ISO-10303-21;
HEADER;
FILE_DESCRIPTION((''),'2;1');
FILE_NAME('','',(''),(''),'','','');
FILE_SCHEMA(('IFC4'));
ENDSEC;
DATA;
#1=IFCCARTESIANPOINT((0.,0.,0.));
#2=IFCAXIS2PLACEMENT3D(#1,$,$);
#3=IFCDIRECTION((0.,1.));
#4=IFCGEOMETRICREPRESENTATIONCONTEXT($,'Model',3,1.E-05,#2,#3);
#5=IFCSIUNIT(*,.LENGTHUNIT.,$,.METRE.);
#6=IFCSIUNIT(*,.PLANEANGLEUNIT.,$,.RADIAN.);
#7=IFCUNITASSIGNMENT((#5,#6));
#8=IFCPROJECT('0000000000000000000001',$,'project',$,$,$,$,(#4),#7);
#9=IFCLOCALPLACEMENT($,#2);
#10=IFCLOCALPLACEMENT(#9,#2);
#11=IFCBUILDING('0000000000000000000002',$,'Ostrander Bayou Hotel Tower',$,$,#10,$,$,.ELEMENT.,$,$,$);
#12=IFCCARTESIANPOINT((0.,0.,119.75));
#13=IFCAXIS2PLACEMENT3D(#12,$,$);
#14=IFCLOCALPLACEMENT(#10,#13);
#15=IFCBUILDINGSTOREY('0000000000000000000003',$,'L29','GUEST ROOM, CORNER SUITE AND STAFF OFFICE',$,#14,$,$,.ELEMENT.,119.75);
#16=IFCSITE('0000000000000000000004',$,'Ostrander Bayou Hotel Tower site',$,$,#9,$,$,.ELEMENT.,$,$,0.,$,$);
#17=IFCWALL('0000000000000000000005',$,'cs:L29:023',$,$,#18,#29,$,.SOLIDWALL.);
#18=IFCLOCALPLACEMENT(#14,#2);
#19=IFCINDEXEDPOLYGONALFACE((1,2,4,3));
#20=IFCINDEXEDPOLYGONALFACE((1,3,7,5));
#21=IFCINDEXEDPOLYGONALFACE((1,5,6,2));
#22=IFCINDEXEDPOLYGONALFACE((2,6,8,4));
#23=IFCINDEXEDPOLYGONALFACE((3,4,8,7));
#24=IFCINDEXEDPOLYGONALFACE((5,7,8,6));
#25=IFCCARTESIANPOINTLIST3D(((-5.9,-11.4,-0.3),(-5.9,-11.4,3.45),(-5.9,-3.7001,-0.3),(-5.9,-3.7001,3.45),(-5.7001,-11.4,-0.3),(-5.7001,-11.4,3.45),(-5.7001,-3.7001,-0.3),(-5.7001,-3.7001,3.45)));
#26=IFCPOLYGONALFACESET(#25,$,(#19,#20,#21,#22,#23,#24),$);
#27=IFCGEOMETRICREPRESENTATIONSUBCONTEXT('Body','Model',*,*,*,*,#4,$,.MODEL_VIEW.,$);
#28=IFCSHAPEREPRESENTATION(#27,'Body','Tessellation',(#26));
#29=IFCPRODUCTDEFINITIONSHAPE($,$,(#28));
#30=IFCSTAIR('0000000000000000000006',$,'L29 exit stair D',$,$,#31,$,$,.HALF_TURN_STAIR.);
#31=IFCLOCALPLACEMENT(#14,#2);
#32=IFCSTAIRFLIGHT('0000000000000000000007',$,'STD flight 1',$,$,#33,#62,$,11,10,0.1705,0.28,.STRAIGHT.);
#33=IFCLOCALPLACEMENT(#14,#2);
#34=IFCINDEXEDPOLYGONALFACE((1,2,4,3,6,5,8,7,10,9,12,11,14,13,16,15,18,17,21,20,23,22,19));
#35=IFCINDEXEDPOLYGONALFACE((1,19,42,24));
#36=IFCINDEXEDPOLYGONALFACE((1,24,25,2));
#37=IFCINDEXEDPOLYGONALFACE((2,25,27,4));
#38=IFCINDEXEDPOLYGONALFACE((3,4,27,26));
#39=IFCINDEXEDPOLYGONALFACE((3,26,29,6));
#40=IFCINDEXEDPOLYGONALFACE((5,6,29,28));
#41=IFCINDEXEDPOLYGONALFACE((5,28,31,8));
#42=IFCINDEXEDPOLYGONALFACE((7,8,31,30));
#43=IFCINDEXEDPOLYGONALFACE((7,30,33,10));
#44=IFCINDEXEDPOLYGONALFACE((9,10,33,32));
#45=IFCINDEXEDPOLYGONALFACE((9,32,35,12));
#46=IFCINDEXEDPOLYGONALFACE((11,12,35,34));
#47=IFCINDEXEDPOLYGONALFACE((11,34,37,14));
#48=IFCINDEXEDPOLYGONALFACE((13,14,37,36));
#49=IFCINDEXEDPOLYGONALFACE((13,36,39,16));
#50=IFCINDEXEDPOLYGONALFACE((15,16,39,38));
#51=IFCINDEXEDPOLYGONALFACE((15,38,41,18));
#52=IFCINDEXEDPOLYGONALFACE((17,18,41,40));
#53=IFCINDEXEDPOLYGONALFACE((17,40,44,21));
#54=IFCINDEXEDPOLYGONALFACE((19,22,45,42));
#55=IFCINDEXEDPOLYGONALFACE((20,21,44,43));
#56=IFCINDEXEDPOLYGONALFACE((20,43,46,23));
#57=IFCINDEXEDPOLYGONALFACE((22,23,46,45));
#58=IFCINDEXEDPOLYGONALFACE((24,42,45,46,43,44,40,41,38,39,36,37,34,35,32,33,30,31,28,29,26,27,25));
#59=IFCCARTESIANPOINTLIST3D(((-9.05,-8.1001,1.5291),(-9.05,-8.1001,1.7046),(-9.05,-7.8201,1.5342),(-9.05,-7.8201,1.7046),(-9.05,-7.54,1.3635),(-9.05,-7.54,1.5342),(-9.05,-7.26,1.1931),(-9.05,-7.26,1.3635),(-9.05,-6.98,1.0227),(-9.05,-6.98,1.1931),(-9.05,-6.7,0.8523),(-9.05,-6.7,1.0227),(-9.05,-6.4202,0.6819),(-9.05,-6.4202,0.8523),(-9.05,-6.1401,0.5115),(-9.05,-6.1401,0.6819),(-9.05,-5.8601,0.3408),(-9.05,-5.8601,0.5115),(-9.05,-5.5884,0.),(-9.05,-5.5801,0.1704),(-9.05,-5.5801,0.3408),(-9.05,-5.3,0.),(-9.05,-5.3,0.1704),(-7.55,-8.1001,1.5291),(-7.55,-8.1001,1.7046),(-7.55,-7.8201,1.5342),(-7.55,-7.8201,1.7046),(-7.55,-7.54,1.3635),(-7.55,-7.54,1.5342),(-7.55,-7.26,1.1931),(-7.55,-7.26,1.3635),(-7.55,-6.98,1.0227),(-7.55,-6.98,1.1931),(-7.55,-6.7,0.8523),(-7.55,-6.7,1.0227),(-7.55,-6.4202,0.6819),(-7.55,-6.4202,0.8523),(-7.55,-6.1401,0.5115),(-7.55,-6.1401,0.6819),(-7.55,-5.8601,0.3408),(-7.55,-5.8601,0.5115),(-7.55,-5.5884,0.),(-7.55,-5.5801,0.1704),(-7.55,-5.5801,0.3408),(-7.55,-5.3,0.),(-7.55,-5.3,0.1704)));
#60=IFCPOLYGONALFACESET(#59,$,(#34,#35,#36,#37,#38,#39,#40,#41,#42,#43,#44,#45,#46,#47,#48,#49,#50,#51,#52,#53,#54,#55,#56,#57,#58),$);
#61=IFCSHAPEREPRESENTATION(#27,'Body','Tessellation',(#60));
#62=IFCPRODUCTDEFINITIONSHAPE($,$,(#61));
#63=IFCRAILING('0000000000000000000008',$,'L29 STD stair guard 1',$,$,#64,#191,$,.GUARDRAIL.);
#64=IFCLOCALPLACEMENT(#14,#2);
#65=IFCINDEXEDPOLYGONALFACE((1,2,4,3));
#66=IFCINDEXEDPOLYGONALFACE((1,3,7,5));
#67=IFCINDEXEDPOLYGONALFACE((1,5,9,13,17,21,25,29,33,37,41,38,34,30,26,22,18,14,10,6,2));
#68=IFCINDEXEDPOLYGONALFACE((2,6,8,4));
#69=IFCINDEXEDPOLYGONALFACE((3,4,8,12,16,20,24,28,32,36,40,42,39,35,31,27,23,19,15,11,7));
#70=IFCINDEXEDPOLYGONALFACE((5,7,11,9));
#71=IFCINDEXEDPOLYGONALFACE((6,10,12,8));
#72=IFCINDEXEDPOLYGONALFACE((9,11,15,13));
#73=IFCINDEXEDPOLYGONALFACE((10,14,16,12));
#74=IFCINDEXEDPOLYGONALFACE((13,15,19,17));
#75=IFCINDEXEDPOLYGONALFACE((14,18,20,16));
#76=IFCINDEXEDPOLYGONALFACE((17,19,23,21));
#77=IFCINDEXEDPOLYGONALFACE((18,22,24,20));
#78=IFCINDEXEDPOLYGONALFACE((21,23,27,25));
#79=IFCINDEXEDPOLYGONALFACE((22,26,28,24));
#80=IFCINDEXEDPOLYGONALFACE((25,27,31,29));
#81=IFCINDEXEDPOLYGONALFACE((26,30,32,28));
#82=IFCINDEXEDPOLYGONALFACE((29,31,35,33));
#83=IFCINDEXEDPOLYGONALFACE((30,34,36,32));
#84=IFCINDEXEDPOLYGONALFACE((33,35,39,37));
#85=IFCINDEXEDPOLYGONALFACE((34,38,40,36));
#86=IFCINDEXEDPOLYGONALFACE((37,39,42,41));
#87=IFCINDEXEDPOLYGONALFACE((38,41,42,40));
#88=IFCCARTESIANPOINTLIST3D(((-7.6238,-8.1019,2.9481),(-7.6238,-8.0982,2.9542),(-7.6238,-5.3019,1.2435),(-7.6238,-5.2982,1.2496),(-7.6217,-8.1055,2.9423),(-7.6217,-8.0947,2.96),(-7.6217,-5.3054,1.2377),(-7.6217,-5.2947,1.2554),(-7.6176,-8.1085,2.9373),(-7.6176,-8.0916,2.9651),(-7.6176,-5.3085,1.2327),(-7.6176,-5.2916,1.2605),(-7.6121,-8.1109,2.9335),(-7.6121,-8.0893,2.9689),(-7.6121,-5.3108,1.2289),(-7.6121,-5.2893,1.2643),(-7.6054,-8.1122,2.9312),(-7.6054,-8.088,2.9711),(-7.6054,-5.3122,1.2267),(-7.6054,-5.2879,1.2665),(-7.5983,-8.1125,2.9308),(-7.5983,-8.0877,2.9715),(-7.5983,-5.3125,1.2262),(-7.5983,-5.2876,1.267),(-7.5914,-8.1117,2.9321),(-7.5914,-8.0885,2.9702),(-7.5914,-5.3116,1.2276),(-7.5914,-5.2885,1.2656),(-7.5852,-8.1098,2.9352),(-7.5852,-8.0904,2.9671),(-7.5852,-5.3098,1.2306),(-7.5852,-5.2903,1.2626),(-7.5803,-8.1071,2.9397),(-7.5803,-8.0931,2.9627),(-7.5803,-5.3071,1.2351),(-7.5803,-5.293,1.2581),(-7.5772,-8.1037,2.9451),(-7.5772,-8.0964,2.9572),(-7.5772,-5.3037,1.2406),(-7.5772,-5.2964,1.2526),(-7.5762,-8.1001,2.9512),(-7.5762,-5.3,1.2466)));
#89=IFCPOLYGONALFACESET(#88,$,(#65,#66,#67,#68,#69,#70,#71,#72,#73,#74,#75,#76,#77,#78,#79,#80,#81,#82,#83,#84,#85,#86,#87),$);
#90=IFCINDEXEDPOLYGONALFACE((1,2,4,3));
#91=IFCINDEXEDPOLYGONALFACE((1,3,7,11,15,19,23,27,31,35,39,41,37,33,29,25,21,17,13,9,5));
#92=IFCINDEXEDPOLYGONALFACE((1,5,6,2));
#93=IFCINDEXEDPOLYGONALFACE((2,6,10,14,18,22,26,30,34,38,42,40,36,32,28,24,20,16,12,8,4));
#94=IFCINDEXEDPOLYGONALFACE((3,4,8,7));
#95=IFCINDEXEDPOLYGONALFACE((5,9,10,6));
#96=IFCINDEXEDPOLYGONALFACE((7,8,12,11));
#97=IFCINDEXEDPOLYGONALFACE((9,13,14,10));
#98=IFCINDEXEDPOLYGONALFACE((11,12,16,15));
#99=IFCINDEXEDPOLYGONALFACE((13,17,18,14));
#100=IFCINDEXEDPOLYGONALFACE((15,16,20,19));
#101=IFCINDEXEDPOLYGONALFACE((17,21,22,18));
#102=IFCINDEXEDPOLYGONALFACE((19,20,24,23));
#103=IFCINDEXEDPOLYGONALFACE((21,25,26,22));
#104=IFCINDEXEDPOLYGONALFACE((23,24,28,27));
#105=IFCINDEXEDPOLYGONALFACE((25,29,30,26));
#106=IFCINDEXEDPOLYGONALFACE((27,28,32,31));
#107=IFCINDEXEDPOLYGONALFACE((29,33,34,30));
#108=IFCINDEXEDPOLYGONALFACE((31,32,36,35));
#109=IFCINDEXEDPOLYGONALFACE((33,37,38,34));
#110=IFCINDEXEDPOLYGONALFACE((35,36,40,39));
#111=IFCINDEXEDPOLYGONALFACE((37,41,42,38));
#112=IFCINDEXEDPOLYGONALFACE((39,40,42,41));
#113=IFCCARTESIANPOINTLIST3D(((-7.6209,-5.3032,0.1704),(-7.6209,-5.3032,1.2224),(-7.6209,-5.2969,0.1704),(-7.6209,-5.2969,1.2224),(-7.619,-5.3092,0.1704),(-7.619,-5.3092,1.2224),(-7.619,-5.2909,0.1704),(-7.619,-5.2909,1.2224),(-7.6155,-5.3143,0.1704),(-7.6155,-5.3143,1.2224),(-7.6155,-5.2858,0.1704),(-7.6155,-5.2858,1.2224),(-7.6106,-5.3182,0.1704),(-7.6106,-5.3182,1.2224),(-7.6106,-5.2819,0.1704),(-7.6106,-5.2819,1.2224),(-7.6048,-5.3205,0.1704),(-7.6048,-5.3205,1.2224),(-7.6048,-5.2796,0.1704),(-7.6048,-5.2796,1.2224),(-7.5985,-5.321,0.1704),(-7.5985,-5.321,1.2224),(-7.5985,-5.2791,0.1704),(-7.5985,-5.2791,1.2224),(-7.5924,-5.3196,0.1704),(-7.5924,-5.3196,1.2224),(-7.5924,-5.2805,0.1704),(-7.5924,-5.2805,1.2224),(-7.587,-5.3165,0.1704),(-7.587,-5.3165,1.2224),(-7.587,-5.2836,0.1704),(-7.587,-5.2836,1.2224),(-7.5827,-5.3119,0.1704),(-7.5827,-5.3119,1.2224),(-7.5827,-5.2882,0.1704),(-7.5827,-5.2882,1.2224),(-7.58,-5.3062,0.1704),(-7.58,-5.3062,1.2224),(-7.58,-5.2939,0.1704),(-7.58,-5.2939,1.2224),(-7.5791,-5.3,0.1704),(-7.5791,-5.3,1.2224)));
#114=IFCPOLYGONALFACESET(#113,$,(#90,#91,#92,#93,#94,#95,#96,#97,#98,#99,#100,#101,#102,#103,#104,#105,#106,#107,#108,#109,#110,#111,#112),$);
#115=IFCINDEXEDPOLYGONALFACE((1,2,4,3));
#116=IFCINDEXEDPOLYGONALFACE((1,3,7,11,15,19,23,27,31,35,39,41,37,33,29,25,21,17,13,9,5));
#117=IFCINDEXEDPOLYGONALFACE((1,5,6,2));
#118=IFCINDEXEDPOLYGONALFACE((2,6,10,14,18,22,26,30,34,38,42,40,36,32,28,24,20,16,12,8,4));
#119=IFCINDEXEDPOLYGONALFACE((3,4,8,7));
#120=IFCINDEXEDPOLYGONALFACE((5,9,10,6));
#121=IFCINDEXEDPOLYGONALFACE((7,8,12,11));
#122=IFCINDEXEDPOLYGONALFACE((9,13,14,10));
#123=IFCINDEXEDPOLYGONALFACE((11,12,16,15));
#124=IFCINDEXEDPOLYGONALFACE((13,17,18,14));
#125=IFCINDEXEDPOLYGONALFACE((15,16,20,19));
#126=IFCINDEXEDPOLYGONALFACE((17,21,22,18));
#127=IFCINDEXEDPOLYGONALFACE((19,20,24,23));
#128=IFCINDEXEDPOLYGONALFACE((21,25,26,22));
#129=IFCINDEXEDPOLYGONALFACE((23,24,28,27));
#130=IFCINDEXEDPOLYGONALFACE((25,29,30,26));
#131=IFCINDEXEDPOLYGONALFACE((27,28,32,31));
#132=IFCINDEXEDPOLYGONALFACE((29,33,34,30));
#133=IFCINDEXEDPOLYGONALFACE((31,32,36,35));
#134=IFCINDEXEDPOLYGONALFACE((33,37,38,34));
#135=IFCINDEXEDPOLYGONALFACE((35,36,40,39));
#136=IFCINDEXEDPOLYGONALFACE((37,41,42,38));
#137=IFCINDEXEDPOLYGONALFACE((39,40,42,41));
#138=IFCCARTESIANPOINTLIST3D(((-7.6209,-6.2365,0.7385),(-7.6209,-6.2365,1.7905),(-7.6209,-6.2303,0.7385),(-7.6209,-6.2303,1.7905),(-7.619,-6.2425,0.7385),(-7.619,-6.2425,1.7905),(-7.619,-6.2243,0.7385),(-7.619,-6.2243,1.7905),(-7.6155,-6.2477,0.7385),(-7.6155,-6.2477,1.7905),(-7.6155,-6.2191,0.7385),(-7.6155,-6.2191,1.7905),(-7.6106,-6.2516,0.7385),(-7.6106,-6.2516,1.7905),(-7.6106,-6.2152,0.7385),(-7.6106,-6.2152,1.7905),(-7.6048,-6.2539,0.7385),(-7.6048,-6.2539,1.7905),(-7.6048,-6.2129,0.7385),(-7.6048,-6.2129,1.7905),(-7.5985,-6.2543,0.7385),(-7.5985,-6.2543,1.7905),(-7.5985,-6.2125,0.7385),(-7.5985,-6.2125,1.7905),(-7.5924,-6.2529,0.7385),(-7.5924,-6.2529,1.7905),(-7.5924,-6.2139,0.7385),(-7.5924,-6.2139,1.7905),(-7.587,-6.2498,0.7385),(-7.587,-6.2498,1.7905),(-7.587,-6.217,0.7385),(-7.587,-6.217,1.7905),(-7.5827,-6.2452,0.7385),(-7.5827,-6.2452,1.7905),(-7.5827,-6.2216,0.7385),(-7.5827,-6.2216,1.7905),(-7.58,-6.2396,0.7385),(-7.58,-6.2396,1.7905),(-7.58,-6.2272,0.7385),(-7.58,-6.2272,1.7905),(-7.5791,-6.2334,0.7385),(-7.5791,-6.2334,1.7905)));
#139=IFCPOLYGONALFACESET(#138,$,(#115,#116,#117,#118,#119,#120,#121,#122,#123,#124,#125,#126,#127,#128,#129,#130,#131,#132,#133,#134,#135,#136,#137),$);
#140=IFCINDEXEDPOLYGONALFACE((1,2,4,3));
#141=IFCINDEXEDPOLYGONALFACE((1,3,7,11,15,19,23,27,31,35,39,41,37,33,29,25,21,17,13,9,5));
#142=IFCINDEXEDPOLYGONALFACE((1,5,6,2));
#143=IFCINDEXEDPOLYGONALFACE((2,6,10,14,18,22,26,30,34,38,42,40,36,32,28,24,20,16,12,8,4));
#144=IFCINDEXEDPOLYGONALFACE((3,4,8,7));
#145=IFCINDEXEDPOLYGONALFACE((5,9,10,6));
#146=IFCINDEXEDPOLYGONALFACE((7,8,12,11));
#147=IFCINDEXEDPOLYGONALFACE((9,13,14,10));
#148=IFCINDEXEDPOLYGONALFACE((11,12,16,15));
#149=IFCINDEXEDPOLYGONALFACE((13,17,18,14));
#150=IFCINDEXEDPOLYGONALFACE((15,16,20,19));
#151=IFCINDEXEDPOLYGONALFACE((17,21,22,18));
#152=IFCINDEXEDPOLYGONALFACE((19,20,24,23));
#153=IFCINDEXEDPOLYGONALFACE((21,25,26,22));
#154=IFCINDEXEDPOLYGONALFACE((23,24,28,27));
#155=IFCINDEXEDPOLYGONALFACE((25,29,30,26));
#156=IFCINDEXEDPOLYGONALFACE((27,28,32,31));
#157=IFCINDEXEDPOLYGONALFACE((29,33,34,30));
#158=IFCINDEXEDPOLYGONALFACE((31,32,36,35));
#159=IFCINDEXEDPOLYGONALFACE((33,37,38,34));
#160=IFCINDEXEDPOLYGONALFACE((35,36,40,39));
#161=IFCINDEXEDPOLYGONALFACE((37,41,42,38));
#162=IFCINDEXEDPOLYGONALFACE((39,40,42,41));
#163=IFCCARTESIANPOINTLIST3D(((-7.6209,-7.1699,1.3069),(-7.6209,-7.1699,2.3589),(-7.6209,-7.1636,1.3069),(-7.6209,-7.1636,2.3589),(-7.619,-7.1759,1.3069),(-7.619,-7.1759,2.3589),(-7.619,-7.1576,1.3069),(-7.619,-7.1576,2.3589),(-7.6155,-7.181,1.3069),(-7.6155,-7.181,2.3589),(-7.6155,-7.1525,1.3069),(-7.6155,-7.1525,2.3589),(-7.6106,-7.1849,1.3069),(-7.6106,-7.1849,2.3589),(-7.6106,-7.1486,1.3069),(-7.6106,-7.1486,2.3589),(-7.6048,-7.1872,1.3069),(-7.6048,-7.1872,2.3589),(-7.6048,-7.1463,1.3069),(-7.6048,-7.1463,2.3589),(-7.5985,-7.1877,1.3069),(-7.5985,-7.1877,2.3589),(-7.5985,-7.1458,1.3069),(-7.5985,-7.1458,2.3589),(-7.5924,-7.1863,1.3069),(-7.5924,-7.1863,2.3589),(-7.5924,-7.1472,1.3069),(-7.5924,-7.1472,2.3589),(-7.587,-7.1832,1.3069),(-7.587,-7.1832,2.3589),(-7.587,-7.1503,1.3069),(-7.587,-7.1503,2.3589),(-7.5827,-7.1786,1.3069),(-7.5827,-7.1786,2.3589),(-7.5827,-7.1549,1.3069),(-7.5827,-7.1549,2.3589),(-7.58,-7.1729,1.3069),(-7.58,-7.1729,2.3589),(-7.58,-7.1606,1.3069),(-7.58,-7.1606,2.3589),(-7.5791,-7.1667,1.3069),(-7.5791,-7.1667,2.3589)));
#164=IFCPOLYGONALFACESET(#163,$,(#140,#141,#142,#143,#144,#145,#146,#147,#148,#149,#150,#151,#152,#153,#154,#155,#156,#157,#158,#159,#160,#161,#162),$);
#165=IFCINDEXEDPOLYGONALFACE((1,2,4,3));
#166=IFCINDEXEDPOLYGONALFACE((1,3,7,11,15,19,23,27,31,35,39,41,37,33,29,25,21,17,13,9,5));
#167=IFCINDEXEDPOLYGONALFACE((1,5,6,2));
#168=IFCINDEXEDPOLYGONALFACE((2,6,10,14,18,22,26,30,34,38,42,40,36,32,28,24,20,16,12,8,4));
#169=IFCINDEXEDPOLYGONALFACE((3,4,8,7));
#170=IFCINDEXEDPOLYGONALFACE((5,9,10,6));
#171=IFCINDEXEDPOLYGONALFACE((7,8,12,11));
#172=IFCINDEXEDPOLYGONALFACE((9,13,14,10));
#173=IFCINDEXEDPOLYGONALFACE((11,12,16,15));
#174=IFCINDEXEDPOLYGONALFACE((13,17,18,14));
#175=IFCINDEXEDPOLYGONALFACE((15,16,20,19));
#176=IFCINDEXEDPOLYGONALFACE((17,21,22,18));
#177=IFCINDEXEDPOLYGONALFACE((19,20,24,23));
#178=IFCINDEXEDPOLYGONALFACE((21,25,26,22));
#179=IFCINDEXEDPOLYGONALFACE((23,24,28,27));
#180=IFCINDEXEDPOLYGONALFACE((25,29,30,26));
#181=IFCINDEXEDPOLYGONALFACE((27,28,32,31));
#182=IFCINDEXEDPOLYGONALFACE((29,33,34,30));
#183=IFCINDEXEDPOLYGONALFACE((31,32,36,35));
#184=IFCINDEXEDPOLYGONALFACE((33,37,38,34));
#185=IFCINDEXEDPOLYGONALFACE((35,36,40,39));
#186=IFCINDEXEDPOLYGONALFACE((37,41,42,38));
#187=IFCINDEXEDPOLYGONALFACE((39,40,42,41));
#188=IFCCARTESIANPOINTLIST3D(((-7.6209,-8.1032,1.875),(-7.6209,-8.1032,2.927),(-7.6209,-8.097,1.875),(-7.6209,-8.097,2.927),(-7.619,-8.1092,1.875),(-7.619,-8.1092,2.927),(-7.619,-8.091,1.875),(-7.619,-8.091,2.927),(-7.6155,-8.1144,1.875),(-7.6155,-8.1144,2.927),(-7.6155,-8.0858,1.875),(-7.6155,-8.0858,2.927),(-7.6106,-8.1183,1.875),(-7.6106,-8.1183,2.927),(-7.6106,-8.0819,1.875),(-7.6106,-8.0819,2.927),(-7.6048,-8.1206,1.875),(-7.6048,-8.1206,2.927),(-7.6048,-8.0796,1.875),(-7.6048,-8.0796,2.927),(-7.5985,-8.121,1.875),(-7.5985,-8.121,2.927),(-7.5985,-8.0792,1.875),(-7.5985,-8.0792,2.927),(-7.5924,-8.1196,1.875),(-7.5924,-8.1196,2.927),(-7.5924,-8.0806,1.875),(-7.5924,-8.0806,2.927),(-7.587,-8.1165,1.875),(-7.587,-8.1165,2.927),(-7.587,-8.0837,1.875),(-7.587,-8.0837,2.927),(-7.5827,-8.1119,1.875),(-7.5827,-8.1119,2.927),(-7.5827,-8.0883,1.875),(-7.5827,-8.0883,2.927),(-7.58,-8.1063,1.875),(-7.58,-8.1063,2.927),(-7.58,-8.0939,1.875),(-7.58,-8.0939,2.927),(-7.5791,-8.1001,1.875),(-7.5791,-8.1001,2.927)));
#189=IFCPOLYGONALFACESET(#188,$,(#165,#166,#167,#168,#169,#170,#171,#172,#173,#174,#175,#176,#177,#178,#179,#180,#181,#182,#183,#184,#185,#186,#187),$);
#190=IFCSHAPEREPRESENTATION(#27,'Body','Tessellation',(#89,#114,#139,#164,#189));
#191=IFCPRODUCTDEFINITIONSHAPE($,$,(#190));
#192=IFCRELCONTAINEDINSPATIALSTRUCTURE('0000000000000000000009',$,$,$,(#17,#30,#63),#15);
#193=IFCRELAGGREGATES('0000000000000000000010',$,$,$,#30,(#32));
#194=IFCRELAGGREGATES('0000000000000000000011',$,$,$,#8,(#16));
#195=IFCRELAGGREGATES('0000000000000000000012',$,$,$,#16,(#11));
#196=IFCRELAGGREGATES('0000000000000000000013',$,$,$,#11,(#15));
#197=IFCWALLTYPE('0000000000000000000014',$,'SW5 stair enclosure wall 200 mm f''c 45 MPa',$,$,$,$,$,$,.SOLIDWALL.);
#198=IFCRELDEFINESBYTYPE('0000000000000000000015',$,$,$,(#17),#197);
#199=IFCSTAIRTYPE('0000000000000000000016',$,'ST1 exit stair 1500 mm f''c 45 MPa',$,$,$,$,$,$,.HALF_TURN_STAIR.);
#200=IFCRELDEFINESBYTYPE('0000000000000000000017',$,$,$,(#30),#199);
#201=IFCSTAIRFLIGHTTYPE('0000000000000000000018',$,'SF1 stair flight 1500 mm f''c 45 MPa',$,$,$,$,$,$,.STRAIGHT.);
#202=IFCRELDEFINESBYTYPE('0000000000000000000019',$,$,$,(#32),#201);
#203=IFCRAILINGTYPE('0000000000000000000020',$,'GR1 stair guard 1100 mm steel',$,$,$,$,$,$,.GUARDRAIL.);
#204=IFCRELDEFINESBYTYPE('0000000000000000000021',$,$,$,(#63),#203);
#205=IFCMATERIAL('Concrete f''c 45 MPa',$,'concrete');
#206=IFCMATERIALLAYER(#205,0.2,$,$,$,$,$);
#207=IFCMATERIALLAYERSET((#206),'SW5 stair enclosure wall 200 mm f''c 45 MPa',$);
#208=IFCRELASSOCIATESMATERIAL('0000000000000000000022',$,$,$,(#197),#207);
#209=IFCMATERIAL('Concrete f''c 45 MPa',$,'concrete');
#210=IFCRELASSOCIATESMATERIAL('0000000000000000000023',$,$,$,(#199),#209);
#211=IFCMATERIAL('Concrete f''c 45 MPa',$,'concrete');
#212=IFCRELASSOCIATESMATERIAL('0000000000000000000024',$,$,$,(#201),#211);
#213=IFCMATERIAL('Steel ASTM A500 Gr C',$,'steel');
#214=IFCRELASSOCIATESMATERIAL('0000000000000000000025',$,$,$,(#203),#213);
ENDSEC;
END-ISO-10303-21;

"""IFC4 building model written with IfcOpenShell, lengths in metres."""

from ifc_helpers import new_model, si_unit, direction, frame, frame_2d, origin, origin_2d, place, context, subcontext, project, spatial, polyline, rectangle, circle, outline, extrude, material, layer, layer_set, type_object, element, aggregate, save


model = new_model("IFC4")

# Units and contexts
model_context = context("Model", 3, precision=1e-05, world=origin(), true_north=direction((0.0, 1.0)))
body_context = subcontext(model_context, "Body", "Model", "MODEL_VIEW")
ifc_project = project(units=[si_unit("LENGTHUNIT", "METRE"), si_unit("PLANEANGLEUNIT", "RADIAN")], contexts=[model_context])

# Site, building, storey
site_placement = place(None, origin())
site = spatial("IfcSite", under=ifc_project, at=site_placement, Name="Ostrander Bayou Hotel Tower site", CompositionType="ELEMENT", RefElevation=0.0)
building_placement = place(site_placement, origin())
building = spatial("IfcBuilding", under=site, at=building_placement, Name="Ostrander Bayou Hotel Tower", CompositionType="ELEMENT")
storey_placement = place(building_placement, frame((0.0, 0.0, 119.75)))
storey = spatial("IfcBuildingStorey", under=building, at=storey_placement, Name="L29", Description="GUEST ROOM, CORNER SUITE AND STAFF OFFICE", CompositionType="ELEMENT", Elevation=119.75)

# Shared definitions
ifc_material_1 = material(Name="Concrete f'c 45 MPa", Category="concrete")
ifc_layer_1 = layer(ifc_material_1, 0.2)
ifc_layer_set_1 = layer_set([ifc_layer_1], Name="SW5 stair enclosure wall 200 mm f'c 45 MPa")
wall_type_1 = type_object("IfcWallType", Name="SW5 stair enclosure wall 200 mm f'c 45 MPa", PredefinedType="SOLIDWALL", material=ifc_layer_set_1)

# Wall
for number, where, z_axis, x_axis, name in (
    (1, (-5.8, -3.7, -0.3), (0.0, 0.0, 1.0), (0.0, -1.0, 0.0), "cs:L29:023"),
):
    element("IfcWall", number, at=place(storey_placement, frame(where, z_axis=z_axis, x_axis=x_axis)), inside=storey, type_object=wall_type_1, Name=name, PredefinedType="SOLIDWALL", context=body_context, shape_type="SweptSolid", body=[
        extrude(rectangle(XDim=7.7, YDim=0.2, at=frame_2d((3.8501, 0.0))), origin(), (0.0, 0.0, 1.0), 3.75),
    ])

# Stair, stair flight
ifc_material_2 = material(Name="Concrete f'c 45 MPa", Category="concrete")
stair_type = type_object("IfcStairType", Name="ST1 exit stair 1500 mm f'c 45 MPa", PredefinedType="HALF_TURN_STAIR", material=ifc_material_2)
stair_placement = place(storey_placement, origin())
stair = element("IfcStair", 2, at=stair_placement, inside=storey, type_object=stair_type, Name="L29 exit stair D", PredefinedType="HALF_TURN_STAIR")
ifc_material_3 = material(Name="Concrete f'c 45 MPa", Category="concrete")
stair_flight_type = type_object("IfcStairFlightType", Name="SF1 stair flight 1500 mm f'c 45 MPa", PredefinedType="STRAIGHT", material=ifc_material_3)
stair_flight_placement = place(storey_placement, frame((-8.3, -5.3, 0.0), z_axis=(0.0, 0.0, 1.0), x_axis=(0.0, -1.0, 0.0)))
stair_flight = element("IfcStairFlight", 3, at=stair_flight_placement, type_object=stair_flight_type, Name="STD flight 1", NumberOfRisers=11, NumberOfTreads=10, PredefinedType="STRAIGHT", RiserHeight=0.1705, TreadLength=0.28, context=body_context, shape_type="SweptSolid", body=[
    extrude(outline(polyline([(0.0, 0.0), (0.0, 0.1704), (0.28, 0.1704), (0.28, 0.3408), (0.5601, 0.3408), (0.5601, 0.5115), (0.8401, 0.5115), (0.8401, 0.6819), (1.1201, 0.6819), (1.1201, 0.8523), (1.3999, 0.8523), (1.3999, 1.0227), (1.6799, 1.0227), (1.6799, 1.1931), (1.96, 1.1931), (1.96, 1.3635), (2.24, 1.3635), (2.24, 1.5342), (2.52, 1.5342), (2.52, 1.7046), (2.8, 1.7046), (2.8, 1.875), (2.8, 1.5291), (0.2883, 0.0), (0.0, 0.0)])), frame((0.0, 0.75, 0.0), z_axis=(0.0, -1.0, 0.0), x_axis=(1.0, 0.0, 0.0)), (0.0, 0.0, 1.0), 1.5),
])
aggregate(stair, [stair_flight])

# Railing
ifc_material_4 = material(Name="Steel ASTM A500 Gr C", Category="steel")
railing_type_1 = type_object("IfcRailingType", Name="GR1 stair guard 1100 mm steel", PredefinedType="GUARDRAIL", material=ifc_material_4)
railing_1_placement = place(storey_placement, frame((-7.6001, -5.3, 0.1704)))
element("IfcRailing", 4, at=railing_1_placement, inside=storey, type_object=railing_type_1, Name="L29 STD stair guard 1", PredefinedType="GUARDRAIL", context=body_context, shape_type="SweptSolid", body=[
    extrude(circle(Radius=0.0239, at=origin_2d()), frame((0.0, 0.0, 1.0762), z_axis=(0.0, -0.85417, 0.519994), x_axis=(1.0, 0.0, 0.0)), (0.0, 0.0, 1.0), 3.2781),
    extrude(circle(Radius=0.021, at=origin_2d()), origin(), (0.0, 0.0, 1.0), 1.052),
    extrude(circle(Radius=0.021, at=origin_2d()), frame((0.0, -0.9333, 0.5681)), (0.0, 0.0, 1.0), 1.052),
    extrude(circle(Radius=0.021, at=origin_2d()), frame((0.0, -1.8667, 1.1365)), (0.0, 0.0, 1.0), 1.052),
    extrude(circle(Radius=0.021, at=origin_2d()), frame((0.0, -2.8, 1.7046)), (0.0, 0.0, 1.0), 1.052),
])

save(model, "model.ifc")
